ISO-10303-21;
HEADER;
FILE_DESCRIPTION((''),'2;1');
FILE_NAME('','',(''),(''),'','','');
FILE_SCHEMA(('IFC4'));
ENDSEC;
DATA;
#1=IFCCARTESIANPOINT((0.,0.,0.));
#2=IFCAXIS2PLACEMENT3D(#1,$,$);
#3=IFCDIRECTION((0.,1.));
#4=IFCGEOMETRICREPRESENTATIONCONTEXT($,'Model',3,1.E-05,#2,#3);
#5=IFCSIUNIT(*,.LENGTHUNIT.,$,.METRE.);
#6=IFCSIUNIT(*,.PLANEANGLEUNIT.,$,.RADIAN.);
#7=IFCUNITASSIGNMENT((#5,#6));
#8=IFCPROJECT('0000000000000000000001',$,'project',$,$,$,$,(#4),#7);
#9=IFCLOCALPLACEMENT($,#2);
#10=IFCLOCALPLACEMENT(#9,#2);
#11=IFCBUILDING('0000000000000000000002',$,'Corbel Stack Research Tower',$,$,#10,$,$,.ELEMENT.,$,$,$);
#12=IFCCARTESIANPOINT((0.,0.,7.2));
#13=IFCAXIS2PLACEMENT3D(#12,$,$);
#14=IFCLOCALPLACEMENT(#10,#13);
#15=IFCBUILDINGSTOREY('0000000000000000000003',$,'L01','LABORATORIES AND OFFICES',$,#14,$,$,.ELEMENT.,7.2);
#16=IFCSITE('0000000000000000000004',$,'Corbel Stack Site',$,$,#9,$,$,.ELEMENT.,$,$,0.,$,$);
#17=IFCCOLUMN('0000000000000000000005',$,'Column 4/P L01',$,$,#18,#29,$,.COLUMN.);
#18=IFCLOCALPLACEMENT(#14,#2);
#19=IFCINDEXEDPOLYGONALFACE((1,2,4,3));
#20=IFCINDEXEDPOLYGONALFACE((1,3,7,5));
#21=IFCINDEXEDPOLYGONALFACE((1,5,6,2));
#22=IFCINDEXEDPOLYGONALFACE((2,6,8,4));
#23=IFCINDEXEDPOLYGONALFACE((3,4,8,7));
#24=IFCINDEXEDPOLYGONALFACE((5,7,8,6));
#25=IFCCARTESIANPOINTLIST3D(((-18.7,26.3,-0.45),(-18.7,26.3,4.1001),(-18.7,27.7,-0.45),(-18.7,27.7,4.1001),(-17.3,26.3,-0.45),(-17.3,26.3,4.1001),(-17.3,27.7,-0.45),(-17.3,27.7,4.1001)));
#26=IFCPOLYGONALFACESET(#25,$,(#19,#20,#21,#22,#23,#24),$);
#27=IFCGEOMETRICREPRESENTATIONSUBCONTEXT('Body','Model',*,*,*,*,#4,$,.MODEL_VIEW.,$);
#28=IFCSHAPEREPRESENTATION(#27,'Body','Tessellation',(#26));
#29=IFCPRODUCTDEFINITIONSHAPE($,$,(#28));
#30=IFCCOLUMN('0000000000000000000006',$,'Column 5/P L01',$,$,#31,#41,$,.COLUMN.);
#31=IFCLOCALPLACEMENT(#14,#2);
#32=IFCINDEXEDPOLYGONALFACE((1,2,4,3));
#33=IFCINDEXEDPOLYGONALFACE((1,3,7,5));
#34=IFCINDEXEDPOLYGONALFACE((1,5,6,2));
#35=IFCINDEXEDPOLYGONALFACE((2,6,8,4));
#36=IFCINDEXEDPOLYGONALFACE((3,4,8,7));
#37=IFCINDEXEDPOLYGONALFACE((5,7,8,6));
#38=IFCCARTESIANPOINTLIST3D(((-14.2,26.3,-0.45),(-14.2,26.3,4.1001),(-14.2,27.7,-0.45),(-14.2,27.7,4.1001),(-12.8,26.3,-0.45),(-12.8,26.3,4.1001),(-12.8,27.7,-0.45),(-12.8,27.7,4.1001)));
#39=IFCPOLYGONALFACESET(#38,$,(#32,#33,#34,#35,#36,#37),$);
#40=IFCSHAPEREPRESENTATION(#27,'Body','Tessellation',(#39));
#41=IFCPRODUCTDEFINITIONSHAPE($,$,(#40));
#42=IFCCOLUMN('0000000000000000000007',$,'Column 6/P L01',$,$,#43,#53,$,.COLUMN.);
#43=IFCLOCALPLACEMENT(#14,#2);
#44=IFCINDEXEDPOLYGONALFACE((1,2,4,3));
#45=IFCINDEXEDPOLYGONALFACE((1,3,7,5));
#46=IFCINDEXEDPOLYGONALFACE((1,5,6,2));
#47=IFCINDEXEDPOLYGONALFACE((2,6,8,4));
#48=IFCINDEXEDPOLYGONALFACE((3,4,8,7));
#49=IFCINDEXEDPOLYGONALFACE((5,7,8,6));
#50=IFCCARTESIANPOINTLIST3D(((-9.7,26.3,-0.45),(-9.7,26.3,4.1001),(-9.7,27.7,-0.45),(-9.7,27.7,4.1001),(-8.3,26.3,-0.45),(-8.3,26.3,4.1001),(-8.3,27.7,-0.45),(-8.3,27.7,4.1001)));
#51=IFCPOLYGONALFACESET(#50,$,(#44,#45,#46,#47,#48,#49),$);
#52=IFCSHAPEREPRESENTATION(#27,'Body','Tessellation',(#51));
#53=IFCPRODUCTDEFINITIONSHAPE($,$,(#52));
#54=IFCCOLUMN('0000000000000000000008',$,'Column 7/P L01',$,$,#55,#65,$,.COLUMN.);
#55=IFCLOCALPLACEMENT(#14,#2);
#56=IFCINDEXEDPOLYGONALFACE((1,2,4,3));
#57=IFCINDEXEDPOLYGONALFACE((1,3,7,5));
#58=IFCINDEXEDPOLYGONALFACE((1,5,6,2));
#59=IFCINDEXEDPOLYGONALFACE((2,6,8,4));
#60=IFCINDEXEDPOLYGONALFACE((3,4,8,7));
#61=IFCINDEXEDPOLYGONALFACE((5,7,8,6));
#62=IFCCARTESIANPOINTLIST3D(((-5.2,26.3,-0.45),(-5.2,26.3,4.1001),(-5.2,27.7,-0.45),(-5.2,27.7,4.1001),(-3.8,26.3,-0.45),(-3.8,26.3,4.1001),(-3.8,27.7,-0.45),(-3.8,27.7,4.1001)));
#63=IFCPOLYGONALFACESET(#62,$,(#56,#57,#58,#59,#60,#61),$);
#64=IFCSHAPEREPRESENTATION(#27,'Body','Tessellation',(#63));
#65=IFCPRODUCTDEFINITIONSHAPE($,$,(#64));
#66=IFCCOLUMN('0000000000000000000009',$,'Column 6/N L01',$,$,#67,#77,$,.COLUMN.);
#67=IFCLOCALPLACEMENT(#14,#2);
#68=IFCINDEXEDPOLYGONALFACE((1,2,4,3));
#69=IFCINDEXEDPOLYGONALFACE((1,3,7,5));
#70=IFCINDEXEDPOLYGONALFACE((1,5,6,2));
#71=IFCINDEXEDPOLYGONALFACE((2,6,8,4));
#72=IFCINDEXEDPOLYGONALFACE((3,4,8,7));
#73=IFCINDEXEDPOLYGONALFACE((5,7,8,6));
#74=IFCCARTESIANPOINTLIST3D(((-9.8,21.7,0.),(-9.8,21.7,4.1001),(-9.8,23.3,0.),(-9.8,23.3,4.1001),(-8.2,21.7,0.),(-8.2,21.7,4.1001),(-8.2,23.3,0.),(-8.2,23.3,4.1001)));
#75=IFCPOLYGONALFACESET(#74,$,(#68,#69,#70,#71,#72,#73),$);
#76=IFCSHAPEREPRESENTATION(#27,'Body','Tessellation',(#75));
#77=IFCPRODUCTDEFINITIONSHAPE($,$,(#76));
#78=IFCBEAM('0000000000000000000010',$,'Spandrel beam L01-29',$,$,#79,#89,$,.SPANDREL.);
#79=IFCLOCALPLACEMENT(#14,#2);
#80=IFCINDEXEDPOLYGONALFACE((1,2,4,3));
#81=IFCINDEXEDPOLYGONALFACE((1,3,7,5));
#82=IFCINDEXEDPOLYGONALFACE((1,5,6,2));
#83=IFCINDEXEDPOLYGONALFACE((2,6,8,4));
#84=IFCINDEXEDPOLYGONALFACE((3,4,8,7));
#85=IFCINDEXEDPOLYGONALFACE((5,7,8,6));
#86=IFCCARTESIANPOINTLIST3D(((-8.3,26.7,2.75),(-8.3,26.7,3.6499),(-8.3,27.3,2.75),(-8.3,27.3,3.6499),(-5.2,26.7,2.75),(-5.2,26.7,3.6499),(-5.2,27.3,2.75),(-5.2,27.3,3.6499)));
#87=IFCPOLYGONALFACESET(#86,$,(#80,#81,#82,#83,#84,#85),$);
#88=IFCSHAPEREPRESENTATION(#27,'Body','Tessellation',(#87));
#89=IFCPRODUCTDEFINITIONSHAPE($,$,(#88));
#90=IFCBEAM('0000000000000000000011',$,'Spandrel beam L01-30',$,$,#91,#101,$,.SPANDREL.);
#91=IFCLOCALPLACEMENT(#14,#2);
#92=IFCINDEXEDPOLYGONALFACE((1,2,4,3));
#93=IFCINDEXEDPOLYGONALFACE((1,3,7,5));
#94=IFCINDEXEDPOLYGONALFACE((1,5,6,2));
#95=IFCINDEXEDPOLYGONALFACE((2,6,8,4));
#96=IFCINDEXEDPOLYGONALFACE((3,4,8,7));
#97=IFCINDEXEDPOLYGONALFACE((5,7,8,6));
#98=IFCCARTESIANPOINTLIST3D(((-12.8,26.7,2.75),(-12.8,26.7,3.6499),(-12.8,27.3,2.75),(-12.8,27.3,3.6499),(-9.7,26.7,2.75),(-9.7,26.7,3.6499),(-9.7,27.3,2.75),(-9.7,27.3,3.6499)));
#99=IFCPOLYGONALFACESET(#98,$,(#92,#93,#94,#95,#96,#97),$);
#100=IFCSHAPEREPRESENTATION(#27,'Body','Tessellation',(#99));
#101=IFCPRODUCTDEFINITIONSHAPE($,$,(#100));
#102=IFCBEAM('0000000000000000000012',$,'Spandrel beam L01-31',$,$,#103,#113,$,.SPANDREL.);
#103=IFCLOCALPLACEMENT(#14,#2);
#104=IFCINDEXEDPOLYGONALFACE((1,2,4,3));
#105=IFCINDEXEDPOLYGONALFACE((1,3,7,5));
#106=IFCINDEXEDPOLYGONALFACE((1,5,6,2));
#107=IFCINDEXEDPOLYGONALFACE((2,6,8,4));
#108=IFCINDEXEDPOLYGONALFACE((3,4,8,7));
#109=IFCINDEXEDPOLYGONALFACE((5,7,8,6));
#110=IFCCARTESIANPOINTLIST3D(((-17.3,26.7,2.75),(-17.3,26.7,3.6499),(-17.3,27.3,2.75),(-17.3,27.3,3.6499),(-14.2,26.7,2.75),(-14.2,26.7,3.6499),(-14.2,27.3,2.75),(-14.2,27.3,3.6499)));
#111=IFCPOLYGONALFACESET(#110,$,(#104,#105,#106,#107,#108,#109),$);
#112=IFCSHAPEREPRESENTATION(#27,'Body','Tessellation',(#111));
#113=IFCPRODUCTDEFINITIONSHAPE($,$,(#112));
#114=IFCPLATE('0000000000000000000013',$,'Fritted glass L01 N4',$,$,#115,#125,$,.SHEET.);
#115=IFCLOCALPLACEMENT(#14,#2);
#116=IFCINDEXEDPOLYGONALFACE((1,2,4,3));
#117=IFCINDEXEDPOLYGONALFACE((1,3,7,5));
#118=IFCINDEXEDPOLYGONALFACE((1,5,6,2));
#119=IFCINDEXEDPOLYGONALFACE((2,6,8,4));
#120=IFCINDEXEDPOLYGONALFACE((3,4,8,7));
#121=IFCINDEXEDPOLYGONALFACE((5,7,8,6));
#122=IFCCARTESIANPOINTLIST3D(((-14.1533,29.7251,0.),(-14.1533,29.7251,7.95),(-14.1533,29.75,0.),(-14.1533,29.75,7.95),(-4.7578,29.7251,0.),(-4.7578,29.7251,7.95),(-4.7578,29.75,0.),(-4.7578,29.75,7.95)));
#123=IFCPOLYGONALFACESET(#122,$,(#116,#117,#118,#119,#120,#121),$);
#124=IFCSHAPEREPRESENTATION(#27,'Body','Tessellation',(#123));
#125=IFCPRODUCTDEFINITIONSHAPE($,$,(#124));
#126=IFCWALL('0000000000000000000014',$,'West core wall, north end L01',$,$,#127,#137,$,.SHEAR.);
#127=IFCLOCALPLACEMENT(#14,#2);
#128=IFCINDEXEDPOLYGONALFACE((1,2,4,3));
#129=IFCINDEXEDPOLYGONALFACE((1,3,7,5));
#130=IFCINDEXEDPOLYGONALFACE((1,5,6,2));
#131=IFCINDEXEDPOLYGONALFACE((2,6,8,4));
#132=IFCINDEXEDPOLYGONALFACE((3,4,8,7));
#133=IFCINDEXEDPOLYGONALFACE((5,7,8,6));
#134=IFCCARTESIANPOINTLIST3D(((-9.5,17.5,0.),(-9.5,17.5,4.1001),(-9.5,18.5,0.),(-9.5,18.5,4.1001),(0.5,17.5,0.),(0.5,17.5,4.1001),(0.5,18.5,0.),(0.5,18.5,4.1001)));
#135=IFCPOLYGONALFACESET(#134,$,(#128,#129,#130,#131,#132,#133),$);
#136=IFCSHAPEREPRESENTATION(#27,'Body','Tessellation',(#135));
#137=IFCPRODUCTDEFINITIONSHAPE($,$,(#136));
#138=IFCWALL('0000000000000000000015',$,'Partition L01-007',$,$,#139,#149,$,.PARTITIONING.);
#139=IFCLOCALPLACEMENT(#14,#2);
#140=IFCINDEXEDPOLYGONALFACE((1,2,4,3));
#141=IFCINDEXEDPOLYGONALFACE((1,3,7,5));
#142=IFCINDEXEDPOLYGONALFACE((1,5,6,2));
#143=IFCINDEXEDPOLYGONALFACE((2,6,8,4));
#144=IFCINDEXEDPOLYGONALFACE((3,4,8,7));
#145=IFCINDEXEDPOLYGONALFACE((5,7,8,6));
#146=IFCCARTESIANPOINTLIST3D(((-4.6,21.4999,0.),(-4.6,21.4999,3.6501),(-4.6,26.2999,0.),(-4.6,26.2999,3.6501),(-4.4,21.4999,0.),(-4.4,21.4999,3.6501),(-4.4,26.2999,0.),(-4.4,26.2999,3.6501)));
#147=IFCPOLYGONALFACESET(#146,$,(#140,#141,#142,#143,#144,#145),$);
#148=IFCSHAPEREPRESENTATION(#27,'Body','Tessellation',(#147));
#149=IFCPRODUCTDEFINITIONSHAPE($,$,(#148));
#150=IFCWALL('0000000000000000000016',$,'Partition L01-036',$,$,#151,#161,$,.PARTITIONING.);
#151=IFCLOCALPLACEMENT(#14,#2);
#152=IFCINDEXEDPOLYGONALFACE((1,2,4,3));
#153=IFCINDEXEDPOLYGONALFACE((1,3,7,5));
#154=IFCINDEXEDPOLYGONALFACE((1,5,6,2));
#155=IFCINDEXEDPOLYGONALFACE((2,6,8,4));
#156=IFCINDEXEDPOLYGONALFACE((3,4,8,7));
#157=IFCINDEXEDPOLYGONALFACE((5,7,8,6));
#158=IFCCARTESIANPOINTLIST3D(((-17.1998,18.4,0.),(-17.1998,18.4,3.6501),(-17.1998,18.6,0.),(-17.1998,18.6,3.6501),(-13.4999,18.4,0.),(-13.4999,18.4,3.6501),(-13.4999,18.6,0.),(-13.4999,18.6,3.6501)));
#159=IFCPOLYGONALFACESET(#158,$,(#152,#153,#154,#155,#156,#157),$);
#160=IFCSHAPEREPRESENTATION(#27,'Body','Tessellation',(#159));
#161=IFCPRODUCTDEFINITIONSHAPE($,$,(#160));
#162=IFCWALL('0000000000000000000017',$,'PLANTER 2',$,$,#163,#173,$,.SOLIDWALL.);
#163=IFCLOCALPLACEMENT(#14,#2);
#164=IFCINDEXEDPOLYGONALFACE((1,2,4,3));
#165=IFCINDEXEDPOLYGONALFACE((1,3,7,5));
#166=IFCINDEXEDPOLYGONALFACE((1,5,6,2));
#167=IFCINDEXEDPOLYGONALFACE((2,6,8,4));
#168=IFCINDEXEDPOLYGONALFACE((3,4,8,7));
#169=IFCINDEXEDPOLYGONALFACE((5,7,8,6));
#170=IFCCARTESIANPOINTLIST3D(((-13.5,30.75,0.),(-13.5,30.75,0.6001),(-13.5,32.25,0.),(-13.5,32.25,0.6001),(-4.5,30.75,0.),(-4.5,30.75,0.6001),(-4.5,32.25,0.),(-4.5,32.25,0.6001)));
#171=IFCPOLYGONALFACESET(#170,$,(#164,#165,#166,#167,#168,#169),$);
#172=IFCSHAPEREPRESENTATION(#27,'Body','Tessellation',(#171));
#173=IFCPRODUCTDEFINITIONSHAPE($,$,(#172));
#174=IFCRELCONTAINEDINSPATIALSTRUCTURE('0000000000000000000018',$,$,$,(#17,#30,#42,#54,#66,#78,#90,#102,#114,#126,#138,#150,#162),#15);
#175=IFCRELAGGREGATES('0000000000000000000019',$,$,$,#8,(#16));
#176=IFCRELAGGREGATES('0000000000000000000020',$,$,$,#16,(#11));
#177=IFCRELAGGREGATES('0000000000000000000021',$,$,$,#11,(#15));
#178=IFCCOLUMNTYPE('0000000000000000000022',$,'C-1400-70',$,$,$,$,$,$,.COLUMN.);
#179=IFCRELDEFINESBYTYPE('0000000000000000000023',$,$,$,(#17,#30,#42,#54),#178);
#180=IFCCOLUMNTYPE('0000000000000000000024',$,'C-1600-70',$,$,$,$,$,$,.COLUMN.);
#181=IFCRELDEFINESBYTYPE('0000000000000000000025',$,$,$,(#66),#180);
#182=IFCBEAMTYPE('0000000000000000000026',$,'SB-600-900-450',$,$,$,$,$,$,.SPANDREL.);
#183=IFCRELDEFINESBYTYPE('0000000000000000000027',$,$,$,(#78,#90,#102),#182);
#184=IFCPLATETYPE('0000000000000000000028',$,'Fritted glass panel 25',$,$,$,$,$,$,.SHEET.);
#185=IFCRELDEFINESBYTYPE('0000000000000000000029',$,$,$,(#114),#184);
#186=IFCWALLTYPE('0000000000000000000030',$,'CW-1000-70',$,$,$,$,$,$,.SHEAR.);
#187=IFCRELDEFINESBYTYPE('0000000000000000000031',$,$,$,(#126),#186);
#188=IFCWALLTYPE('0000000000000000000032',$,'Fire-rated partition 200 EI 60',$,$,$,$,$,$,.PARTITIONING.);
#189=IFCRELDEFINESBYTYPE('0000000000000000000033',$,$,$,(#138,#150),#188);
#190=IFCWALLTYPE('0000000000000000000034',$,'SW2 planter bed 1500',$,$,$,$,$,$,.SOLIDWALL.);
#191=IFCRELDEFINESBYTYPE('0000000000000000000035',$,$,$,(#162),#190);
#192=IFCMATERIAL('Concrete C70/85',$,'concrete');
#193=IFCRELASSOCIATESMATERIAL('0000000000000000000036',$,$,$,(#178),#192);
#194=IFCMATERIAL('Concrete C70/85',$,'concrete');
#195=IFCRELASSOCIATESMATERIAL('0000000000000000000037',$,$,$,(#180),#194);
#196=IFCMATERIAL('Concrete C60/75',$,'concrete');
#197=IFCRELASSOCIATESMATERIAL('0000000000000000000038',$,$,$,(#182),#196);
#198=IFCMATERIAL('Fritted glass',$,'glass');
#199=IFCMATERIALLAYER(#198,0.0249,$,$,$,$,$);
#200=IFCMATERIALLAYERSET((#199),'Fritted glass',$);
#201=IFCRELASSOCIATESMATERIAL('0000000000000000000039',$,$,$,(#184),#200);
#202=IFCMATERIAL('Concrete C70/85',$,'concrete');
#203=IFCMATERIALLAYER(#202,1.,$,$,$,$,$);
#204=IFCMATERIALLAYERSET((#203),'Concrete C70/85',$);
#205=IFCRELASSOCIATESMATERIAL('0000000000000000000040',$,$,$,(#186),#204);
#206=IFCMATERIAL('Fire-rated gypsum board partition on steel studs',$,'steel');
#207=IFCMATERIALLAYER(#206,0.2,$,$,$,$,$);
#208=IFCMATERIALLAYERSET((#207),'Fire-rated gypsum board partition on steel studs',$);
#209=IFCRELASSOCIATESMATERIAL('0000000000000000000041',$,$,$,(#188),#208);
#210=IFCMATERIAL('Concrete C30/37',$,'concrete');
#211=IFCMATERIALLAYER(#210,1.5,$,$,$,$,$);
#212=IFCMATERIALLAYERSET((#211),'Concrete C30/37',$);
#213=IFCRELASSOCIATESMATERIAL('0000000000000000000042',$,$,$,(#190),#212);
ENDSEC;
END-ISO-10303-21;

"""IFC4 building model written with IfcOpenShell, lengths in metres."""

from ifc_helpers import new_model, si_unit, direction, frame, frame_2d, origin, origin_2d, place, context, subcontext, project, spatial, rectangle, extrude, material, layer, layer_set, material_profile, profile_set, type_object, element, save


model = new_model("IFC4")

# Units and contexts
model_context = context("Model", 3, precision=1e-05, world=origin(), true_north=direction((0.0, 1.0)))
body_context = subcontext(model_context, "Body", "Model", "MODEL_VIEW")
ifc_project = project(units=[si_unit("LENGTHUNIT", "METRE"), si_unit("PLANEANGLEUNIT", "RADIAN")], contexts=[model_context])

# Site, building, storey
site_placement = place(None, origin())
site = spatial("IfcSite", under=ifc_project, at=site_placement, Name="Corbel Stack Site", CompositionType="ELEMENT", RefElevation=0.0)
building_placement = place(site_placement, origin())
building = spatial("IfcBuilding", under=site, at=building_placement, Name="Corbel Stack Research Tower", CompositionType="ELEMENT")
storey_placement = place(building_placement, frame((0.0, 0.0, 7.2)))
storey = spatial("IfcBuildingStorey", under=building, at=storey_placement, Name="L01", Description="LABORATORIES AND OFFICES", CompositionType="ELEMENT", Elevation=7.2)

# Columns
ifc_material_1 = material(Name="Concrete C70/85", Category="concrete")
ifc_material_profile_1 = material_profile(ifc_material_1, rectangle(XDim=1.3999, YDim=1.3999, at=origin_2d()), Name="RC 1400 x 1400")
ifc_profile_set_1 = profile_set([ifc_material_profile_1], Name="Concrete C70/85")
column_type_1 = type_object("IfcColumnType", Name="C-1400-70", PredefinedType="COLUMN", material=ifc_profile_set_1)
for number, where, z_axis, x_axis, name in (
    (1, (-18.0, 27.0, -0.45), (0.0, 0.0, 1.0), (1.0, 0.0, 0.0), "Column 4/P L01"),
    (2, (-13.5, 27.0, -0.45), (0.0, 0.0, 1.0), (1.0, 0.0, 0.0), "Column 5/P L01"),
    (3, (-9.0, 27.0, -0.45), (0.0, 0.0, 1.0), (1.0, 0.0, 0.0), "Column 6/P L01"),
    (4, (-4.5, 27.0, -0.45), (0.0, 0.0, 1.0), (1.0, 0.0, 0.0), "Column 7/P L01"),
):
    element("IfcColumn", number, at=place(storey_placement, frame(where, z_axis=z_axis, x_axis=x_axis)), inside=storey, type_object=column_type_1, Name=name, PredefinedType="COLUMN", context=body_context, shape_type="SweptSolid", body=[
        extrude(rectangle(XDim=1.3999, YDim=1.3999, at=origin_2d()), origin(), (0.0, 0.0, 1.0), 4.55),
    ])
ifc_material_2 = material(Name="Concrete C70/85", Category="concrete")
ifc_material_profile_2 = material_profile(ifc_material_2, rectangle(XDim=1.6001, YDim=1.6001, at=origin_2d()), Name="RC 1600 x 1600")
ifc_profile_set_2 = profile_set([ifc_material_profile_2], Name="Concrete C70/85")
column_type_2 = type_object("IfcColumnType", Name="C-1600-70", PredefinedType="COLUMN", material=ifc_profile_set_2)
column_placement = place(storey_placement, frame((-9.0, 22.5, 0.0), z_axis=(0.0, 0.0, 1.0), x_axis=(1.0, 0.0, 0.0)))
element("IfcColumn", 5, at=column_placement, inside=storey, type_object=column_type_2, Name="Column 6/N L01", PredefinedType="COLUMN", context=body_context, shape_type="SweptSolid", body=[
    extrude(rectangle(XDim=1.6001, YDim=1.6001, at=origin_2d()), origin(), (0.0, 0.0, 1.0), 4.1001),
])

# Beams
ifc_material_3 = material(Name="Concrete C60/75", Category="concrete")
ifc_material_profile_3 = material_profile(ifc_material_3, rectangle(XDim=0.6001, YDim=0.8999, at=origin_2d()), Name="RC 600 x 900")
ifc_profile_set_3 = profile_set([ifc_material_profile_3], Name="Concrete C60/75")
beam_type = type_object("IfcBeamType", Name="SB-600-900-450", PredefinedType="SPANDREL", material=ifc_profile_set_3)
for number, where, z_axis, x_axis, name in (
    (6, (-5.2, 27.0, 3.2), (-1.0, 0.0, 0.0), (0.0, -1.0, 0.0), "Spandrel beam L01-29"),
    (7, (-9.7, 27.0, 3.2), (-1.0, 0.0, 0.0), (0.0, -1.0, 0.0), "Spandrel beam L01-30"),
    (8, (-14.2, 27.0, 3.2), (-1.0, 0.0, 0.0), (0.0, -1.0, 0.0), "Spandrel beam L01-31"),
):
    element("IfcBeam", number, at=place(storey_placement, frame(where, z_axis=z_axis, x_axis=x_axis)), inside=storey, type_object=beam_type, Name=name, PredefinedType="SPANDREL", context=body_context, shape_type="SweptSolid", body=[
        extrude(rectangle(XDim=0.6001, YDim=0.8999, at=origin_2d()), origin(), (0.0, 0.0, 1.0), 3.1001),
    ])

# Plate
ifc_material_4 = material(Name="Fritted glass", Category="glass")
ifc_layer_1 = layer(ifc_material_4, 0.0249)
ifc_layer_set_1 = layer_set([ifc_layer_1], Name="Fritted glass")
plate_type = type_object("IfcPlateType", Name="Fritted glass panel 25", PredefinedType="SHEET", material=ifc_layer_set_1)
plate_placement = place(storey_placement, frame((-9.4556, 29.7375, 0.0), z_axis=(0.0, 0.0, 1.0), x_axis=(-1.0, 0.0, 0.0)))
element("IfcPlate", 9, at=plate_placement, inside=storey, type_object=plate_type, Name="Fritted glass L01 N4", PredefinedType="SHEET", context=body_context, shape_type="SweptSolid", body=[
    extrude(rectangle(XDim=9.3955, YDim=0.0249, at=origin_2d()), origin(), (0.0, 0.0, 1.0), 7.95),
])

# Walls
ifc_material_5 = material(Name="Concrete C70/85", Category="concrete")
ifc_layer_2 = layer(ifc_material_5, 1.0)
ifc_layer_set_2 = layer_set([ifc_layer_2], Name="Concrete C70/85")
wall_type_1 = type_object("IfcWallType", Name="CW-1000-70", PredefinedType="SHEAR", material=ifc_layer_set_2)
wall_1_placement = place(storey_placement, frame((-9.5, 18.0, 0.0), z_axis=(0.0, 0.0, 1.0), x_axis=(1.0, 0.0, 0.0)))
element("IfcWall", 10, at=wall_1_placement, inside=storey, type_object=wall_type_1, Name="West core wall, north end L01", PredefinedType="SHEAR", context=body_context, shape_type="SweptSolid", body=[
    extrude(rectangle(XDim=10.0, YDim=1.0, at=frame_2d((5.0, 0.0))), origin(), (0.0, 0.0, 1.0), 4.1001),
])
ifc_material_6 = material(Name="Fire-rated gypsum board partition on steel studs", Category="steel")
ifc_layer_3 = layer(ifc_material_6, 0.2)
ifc_layer_set_3 = layer_set([ifc_layer_3], Name="Fire-rated gypsum board partition on steel studs")
wall_type_2 = type_object("IfcWallType", Name="Fire-rated partition 200 EI 60", PredefinedType="PARTITIONING", material=ifc_layer_set_3)
wall_2_placement = place(storey_placement, frame((-4.5, 21.5, 0.0), z_axis=(0.0, 0.0, 1.0), x_axis=(0.0, 1.0, 0.0)))
element("IfcWall", 11, at=wall_2_placement, inside=storey, type_object=wall_type_2, Name="Partition L01-007", PredefinedType="PARTITIONING", context=body_context, shape_type="SweptSolid", body=[
    extrude(rectangle(XDim=4.8, YDim=0.2, at=frame_2d((2.3999, 0.0))), origin(), (0.0, 0.0, 1.0), 3.6501),
])
wall_3_placement = place(storey_placement, frame((-17.2, 18.5, 0.0), z_axis=(0.0, 0.0, 1.0), x_axis=(1.0, 0.0, 0.0)))
element("IfcWall", 12, at=wall_3_placement, inside=storey, type_object=wall_type_2, Name="Partition L01-036", PredefinedType="PARTITIONING", context=body_context, shape_type="SweptSolid", body=[
    extrude(rectangle(XDim=3.7, YDim=0.2, at=frame_2d((1.8501, 0.0))), origin(), (0.0, 0.0, 1.0), 3.6501),
])
ifc_material_7 = material(Name="Concrete C30/37", Category="concrete")
ifc_layer_4 = layer(ifc_material_7, 1.5)
ifc_layer_set_4 = layer_set([ifc_layer_4], Name="Concrete C30/37")
wall_type_3 = type_object("IfcWallType", Name="SW2 planter bed 1500", PredefinedType="SOLIDWALL", material=ifc_layer_set_4)
wall_4_placement = place(storey_placement, frame((-13.5, 31.5, 0.0), z_axis=(0.0, 0.0, 1.0), x_axis=(1.0, 0.0, 0.0)))
element("IfcWall", 13, at=wall_4_placement, inside=storey, type_object=wall_type_3, Name="PLANTER 2", PredefinedType="SOLIDWALL", context=body_context, shape_type="SweptSolid", body=[
    extrude(rectangle(XDim=9.0, YDim=1.5, at=frame_2d((4.5, 0.0))), origin(), (0.0, 0.0, 1.0), 0.6001),
])

save(model, "model.ifc")
